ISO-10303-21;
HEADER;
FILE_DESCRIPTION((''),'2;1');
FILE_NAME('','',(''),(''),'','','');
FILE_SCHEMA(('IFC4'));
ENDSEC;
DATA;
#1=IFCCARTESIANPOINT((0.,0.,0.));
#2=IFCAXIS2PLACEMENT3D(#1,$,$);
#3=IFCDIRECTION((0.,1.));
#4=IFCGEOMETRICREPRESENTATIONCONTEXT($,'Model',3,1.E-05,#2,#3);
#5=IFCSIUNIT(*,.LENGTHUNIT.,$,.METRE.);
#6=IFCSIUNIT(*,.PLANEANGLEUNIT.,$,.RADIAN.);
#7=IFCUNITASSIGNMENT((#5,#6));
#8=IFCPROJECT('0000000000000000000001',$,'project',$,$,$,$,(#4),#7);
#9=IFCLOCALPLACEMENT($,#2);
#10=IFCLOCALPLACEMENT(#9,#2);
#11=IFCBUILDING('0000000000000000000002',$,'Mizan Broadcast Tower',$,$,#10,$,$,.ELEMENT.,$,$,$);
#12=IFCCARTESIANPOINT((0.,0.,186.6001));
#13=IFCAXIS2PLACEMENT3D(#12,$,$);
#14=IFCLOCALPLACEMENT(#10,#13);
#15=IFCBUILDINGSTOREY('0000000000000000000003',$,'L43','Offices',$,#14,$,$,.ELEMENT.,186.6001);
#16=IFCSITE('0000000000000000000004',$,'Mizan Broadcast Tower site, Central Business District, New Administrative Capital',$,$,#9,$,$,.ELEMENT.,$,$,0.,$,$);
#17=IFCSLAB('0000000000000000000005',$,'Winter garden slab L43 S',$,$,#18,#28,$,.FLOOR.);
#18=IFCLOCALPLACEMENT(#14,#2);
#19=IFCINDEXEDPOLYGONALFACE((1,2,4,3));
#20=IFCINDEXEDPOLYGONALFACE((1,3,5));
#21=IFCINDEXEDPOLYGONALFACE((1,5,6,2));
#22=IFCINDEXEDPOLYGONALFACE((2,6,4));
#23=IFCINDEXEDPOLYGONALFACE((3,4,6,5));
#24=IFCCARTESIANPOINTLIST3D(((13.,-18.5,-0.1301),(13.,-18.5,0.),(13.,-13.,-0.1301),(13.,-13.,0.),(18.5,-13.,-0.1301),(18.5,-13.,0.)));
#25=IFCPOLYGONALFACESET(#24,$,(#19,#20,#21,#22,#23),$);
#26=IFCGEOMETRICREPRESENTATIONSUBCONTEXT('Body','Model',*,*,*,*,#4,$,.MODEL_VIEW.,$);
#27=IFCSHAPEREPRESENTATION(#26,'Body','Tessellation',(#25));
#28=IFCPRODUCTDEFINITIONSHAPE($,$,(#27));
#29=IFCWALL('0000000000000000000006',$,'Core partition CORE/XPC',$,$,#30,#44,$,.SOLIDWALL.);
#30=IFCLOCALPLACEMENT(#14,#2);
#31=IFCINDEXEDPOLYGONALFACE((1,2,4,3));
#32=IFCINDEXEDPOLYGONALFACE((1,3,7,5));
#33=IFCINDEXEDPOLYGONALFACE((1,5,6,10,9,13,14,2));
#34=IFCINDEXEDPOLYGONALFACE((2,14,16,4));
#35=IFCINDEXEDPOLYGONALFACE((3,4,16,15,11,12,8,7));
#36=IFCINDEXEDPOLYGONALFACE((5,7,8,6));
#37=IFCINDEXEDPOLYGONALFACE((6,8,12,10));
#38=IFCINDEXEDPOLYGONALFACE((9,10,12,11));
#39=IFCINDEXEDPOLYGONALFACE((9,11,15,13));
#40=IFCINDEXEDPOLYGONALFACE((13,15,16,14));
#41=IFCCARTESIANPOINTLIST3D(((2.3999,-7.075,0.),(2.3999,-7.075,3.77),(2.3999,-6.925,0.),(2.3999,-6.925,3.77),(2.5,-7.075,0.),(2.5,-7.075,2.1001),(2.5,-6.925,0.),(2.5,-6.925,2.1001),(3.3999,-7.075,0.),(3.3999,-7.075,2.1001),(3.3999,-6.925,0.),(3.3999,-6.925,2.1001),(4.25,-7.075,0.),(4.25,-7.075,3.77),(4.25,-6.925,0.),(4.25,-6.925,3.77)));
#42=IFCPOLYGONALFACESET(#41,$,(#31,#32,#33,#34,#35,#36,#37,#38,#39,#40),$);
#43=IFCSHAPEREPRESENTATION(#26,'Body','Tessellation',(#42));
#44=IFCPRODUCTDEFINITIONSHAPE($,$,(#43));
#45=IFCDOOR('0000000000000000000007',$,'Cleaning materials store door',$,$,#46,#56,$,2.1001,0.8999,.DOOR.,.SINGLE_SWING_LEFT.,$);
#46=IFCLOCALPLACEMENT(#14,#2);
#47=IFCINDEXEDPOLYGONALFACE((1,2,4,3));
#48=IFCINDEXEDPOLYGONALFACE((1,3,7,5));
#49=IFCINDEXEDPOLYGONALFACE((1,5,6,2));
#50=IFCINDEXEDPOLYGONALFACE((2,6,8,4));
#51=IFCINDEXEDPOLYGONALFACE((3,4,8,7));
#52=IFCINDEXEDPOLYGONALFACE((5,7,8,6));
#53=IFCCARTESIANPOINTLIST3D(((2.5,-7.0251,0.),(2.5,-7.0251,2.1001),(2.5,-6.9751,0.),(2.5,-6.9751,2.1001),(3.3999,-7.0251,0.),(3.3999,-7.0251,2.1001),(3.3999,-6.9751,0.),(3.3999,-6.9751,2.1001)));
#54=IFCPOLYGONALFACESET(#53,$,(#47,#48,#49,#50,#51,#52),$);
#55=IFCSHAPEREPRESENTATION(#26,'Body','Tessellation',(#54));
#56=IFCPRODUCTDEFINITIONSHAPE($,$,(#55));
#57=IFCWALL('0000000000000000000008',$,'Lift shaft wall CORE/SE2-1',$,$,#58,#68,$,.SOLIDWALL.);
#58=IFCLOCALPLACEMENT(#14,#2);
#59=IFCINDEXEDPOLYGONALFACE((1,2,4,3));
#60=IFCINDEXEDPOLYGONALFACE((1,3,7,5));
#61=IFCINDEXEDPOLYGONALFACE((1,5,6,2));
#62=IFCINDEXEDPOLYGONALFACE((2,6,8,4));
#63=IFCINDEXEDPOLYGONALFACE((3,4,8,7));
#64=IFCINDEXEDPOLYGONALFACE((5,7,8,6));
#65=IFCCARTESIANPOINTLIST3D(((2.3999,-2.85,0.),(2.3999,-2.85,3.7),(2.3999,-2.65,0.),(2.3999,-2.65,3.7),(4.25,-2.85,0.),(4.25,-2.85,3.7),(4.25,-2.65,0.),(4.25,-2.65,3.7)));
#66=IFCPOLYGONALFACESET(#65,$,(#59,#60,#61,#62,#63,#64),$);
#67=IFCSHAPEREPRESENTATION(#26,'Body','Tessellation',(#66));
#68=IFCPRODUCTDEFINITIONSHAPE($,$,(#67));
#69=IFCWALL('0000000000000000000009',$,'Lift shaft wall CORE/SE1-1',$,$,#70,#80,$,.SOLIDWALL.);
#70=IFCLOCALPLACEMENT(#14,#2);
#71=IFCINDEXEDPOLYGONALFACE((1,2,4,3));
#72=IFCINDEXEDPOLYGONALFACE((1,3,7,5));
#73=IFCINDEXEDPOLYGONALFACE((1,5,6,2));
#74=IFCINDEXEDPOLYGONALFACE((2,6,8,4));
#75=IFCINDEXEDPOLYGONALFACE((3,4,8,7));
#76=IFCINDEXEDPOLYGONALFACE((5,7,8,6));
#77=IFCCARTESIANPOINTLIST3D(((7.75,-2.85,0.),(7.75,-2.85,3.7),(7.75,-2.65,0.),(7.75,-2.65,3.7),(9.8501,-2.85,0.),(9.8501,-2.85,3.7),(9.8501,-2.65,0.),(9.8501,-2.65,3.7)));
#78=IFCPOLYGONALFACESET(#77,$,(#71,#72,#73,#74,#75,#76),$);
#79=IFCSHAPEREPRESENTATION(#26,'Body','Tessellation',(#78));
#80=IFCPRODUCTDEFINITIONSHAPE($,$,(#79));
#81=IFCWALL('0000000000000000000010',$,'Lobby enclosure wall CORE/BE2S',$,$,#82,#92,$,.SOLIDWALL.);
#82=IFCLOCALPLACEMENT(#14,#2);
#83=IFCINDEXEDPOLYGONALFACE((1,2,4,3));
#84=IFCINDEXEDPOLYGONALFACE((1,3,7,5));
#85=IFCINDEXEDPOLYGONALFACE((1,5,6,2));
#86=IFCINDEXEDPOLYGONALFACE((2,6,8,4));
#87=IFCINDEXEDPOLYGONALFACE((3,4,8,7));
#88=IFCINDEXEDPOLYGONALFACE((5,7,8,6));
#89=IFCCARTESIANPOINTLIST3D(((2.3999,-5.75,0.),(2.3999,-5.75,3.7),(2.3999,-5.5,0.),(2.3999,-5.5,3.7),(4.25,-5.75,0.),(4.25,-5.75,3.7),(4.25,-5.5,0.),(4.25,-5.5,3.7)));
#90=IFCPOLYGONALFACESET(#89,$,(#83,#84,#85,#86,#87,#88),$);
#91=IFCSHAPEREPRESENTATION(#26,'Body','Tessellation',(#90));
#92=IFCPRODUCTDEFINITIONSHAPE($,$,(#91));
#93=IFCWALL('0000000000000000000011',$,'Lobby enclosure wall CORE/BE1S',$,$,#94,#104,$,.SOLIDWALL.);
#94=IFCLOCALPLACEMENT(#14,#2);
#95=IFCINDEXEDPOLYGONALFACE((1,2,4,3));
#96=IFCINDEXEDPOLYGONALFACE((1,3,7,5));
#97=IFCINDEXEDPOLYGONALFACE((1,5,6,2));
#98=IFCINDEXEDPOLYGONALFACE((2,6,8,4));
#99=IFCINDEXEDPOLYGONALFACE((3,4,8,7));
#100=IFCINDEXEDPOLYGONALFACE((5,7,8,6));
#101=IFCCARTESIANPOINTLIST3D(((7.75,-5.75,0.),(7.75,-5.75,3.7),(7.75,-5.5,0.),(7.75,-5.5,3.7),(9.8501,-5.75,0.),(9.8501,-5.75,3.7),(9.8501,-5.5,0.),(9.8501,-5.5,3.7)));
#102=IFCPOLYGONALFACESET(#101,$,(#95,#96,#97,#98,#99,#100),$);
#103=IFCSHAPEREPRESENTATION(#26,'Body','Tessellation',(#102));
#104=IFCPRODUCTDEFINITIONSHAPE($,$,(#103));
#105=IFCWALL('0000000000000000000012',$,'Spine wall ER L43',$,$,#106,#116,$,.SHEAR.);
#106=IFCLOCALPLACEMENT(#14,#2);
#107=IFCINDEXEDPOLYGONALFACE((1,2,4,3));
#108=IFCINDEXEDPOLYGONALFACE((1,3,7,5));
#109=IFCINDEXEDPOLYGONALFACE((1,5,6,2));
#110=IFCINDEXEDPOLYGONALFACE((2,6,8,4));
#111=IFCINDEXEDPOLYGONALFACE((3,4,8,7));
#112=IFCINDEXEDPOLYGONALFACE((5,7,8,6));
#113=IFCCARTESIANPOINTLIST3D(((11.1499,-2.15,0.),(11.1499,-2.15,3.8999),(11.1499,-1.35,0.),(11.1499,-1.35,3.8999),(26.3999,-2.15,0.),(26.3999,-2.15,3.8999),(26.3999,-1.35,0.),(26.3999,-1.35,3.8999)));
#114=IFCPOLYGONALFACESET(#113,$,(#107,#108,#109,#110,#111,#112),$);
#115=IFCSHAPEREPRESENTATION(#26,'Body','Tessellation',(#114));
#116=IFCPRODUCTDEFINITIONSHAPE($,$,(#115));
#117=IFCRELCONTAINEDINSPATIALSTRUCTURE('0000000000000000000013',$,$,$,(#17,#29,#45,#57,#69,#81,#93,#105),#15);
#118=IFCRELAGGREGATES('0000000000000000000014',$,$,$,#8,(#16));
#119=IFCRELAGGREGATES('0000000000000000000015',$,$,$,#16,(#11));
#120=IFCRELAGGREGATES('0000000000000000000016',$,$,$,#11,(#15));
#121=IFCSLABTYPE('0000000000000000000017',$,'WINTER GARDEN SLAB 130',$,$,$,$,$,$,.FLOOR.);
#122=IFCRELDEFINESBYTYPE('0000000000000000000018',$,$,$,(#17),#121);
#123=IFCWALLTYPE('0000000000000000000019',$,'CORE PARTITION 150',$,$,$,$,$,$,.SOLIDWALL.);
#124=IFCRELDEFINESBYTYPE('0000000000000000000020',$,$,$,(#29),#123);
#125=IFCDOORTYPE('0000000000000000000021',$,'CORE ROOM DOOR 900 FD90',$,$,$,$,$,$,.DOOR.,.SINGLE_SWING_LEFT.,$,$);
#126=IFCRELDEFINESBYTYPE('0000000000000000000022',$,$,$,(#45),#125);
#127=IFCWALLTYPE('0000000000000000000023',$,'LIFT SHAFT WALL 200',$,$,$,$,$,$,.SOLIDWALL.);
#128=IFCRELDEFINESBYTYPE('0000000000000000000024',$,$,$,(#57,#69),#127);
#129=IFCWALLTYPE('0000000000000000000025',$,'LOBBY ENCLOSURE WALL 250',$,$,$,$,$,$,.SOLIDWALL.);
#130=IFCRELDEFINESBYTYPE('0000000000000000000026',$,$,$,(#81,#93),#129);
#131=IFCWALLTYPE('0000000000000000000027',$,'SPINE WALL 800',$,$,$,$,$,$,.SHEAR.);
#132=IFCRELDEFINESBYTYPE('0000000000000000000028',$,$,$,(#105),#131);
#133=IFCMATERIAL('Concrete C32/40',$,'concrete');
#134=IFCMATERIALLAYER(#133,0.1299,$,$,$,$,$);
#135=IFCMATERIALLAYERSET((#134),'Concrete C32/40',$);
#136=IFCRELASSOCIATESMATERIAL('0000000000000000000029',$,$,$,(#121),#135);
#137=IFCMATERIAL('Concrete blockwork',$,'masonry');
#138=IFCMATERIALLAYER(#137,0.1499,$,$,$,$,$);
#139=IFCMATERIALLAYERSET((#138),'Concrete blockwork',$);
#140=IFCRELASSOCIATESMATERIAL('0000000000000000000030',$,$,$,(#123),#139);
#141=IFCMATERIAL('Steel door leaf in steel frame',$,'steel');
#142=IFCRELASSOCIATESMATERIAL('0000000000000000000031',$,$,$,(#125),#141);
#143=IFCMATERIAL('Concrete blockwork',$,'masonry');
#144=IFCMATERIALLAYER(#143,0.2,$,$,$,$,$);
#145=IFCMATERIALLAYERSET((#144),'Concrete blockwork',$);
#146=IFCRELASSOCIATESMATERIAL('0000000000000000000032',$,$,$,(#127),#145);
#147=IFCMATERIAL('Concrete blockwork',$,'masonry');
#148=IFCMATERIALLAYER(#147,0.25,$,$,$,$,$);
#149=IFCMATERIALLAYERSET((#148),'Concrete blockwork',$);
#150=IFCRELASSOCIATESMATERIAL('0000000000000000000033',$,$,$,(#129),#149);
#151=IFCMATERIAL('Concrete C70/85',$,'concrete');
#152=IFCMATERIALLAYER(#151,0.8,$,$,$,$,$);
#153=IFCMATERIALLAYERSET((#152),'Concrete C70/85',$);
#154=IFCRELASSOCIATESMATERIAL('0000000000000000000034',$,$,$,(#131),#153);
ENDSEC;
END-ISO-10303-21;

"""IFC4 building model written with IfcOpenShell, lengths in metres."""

from ifc_helpers import new_model, si_unit, direction, frame, frame_2d, origin, place, context, subcontext, project, spatial, polyline, rectangle, outline, extrude, material, layer, layer_set, type_object, element, fill, save


model = new_model("IFC4")

# Units and contexts
model_context = context("Model", 3, precision=1e-05, world=origin(), true_north=direction((0.0, 1.0)))
body_context = subcontext(model_context, "Body", "Model", "MODEL_VIEW")
ifc_project = project(units=[si_unit("LENGTHUNIT", "METRE"), si_unit("PLANEANGLEUNIT", "RADIAN")], contexts=[model_context])

# Site, building, storey
site_placement = place(None, origin())
site = spatial("IfcSite", under=ifc_project, at=site_placement, Name="Mizan Broadcast Tower site, Central Business District, New Administrative Capital", CompositionType="ELEMENT", RefElevation=0.0)
building_placement = place(site_placement, origin())
building = spatial("IfcBuilding", under=site, at=building_placement, Name="Mizan Broadcast Tower", CompositionType="ELEMENT")
storey_placement = place(building_placement, frame((0.0, 0.0, 186.6001)))
storey = spatial("IfcBuildingStorey", under=building, at=storey_placement, Name="L43", Description="Offices", CompositionType="ELEMENT", Elevation=186.6001)

# Slab
ifc_material_1 = material(Name="Concrete C32/40", Category="concrete")
ifc_layer_1 = layer(ifc_material_1, 0.1299)
ifc_layer_set_1 = layer_set([ifc_layer_1], Name="Concrete C32/40")
slab_type_1 = type_object("IfcSlabType", Name="WINTER GARDEN SLAB 130", PredefinedType="FLOOR", material=ifc_layer_set_1)
slab_1_placement = place(storey_placement, frame((0.0, 0.0, -0.1301)))
element("IfcSlab", 1, at=slab_1_placement, inside=storey, type_object=slab_type_1, Name="Winter garden slab L43 S", PredefinedType="FLOOR", context=body_context, shape_type="SweptSolid", body=[
    extrude(outline(polyline([(13.0, -13.0), (13.0, -18.5), (18.5, -13.0), (13.0, -13.0)])), origin(), (0.0, 0.0, 1.0), 0.1301),
])

# Wall, opening, door
ifc_material_2 = material(Name="Concrete blockwork", Category="masonry")
ifc_layer_2 = layer(ifc_material_2, 0.1499)
ifc_layer_set_2 = layer_set([ifc_layer_2], Name="Concrete blockwork")
wall_type_1 = type_object("IfcWallType", Name="CORE PARTITION 150", PredefinedType="SOLIDWALL", material=ifc_layer_set_2)
wall_1_placement = place(storey_placement, frame((2.3999, -7.0, 0.0), z_axis=(0.0, 0.0, 1.0), x_axis=(1.0, 0.0, 0.0)))
wall_1 = element("IfcWall", 2, at=wall_1_placement, inside=storey, type_object=wall_type_1, Name="Core partition CORE/XPC", PredefinedType="SOLIDWALL", context=body_context, shape_type="SweptSolid", body=[
    extrude(rectangle(XDim=1.8501, YDim=0.1499, at=frame_2d((0.925, 0.0))), origin(), (0.0, 0.0, 1.0), 3.77),
])
opening_placement = place(wall_1_placement, frame((0.1001, 0.0, 0.0)))
opening = element("IfcOpeningElement", 3, at=opening_placement, cuts=wall_1, PredefinedType="OPENING", context=body_context, shape_type="SweptSolid", body=[
    extrude(rectangle(XDim=0.8999, YDim=2.1001, at=frame_2d((0.45, 1.05))), frame((0.0, 0.085, 0.0), z_axis=(0.0, -1.0, 0.0), x_axis=(1.0, 0.0, 0.0)), (0.0, 0.0, 1.0), 0.1699),
])
ifc_material_3 = material(Name="Steel door leaf in steel frame", Category="steel")
door_type = type_object("IfcDoorType", Name="CORE ROOM DOOR 900 FD90", OperationType="SINGLE_SWING_LEFT", PredefinedType="DOOR", material=ifc_material_3)
door_placement = place(opening_placement, origin())
door = element("IfcDoor", 4, at=door_placement, inside=storey, type_object=door_type, Name="Cleaning materials store door", OperationType="SINGLE_SWING_LEFT", OverallHeight=2.1001, OverallWidth=0.8999, PredefinedType="DOOR", context=body_context, shape_type="SweptSolid", body=[
    extrude(rectangle(XDim=0.8999, YDim=2.1001, at=frame_2d((0.45, 1.05))), frame((0.0, 0.0249, 0.0), z_axis=(0.0, -1.0, 0.0), x_axis=(1.0, 0.0, 0.0)), (0.0, 0.0, 1.0), 0.05),
])
fill(opening, door)

# Walls
ifc_material_4 = material(Name="Concrete blockwork", Category="masonry")
ifc_layer_3 = layer(ifc_material_4, 0.2)
ifc_layer_set_3 = layer_set([ifc_layer_3], Name="Concrete blockwork")
wall_type_2 = type_object("IfcWallType", Name="LIFT SHAFT WALL 200", PredefinedType="SOLIDWALL", material=ifc_layer_set_3)
wall_2_placement = place(storey_placement, frame((2.3999, -2.75, 0.0), z_axis=(0.0, 0.0, 1.0), x_axis=(1.0, 0.0, 0.0)))
element("IfcWall", 5, at=wall_2_placement, inside=storey, type_object=wall_type_2, Name="Lift shaft wall CORE/SE2-1", PredefinedType="SOLIDWALL", context=body_context, shape_type="SweptSolid", body=[
    extrude(rectangle(XDim=1.8501, YDim=0.2, at=frame_2d((0.925, 0.0))), origin(), (0.0, 0.0, 1.0), 3.7),
])
wall_3_placement = place(storey_placement, frame((7.75, -2.75, 0.0), z_axis=(0.0, 0.0, 1.0), x_axis=(1.0, 0.0, 0.0)))
element("IfcWall", 6, at=wall_3_placement, inside=storey, type_object=wall_type_2, Name="Lift shaft wall CORE/SE1-1", PredefinedType="SOLIDWALL", context=body_context, shape_type="SweptSolid", body=[
    extrude(rectangle(XDim=2.1001, YDim=0.2, at=frame_2d((1.05, 0.0))), origin(), (0.0, 0.0, 1.0), 3.7),
])
ifc_material_5 = material(Name="Concrete blockwork", Category="masonry")
ifc_layer_4 = layer(ifc_material_5, 0.25)
ifc_layer_set_4 = layer_set([ifc_layer_4], Name="Concrete blockwork")
wall_type_3 = type_object("IfcWallType", Name="LOBBY ENCLOSURE WALL 250", PredefinedType="SOLIDWALL", material=ifc_layer_set_4)
wall_4_placement = place(storey_placement, frame((2.3999, -5.625, 0.0), z_axis=(0.0, 0.0, 1.0), x_axis=(1.0, 0.0, 0.0)))
element("IfcWall", 7, at=wall_4_placement, inside=storey, type_object=wall_type_3, Name="Lobby enclosure wall CORE/BE2S", PredefinedType="SOLIDWALL", context=body_context, shape_type="SweptSolid", body=[
    extrude(rectangle(XDim=1.8501, YDim=0.25, at=frame_2d((0.925, 0.0))), origin(), (0.0, 0.0, 1.0), 3.7),
])
wall_5_placement = place(storey_placement, frame((7.75, -5.625, 0.0), z_axis=(0.0, 0.0, 1.0), x_axis=(1.0, 0.0, 0.0)))
element("IfcWall", 8, at=wall_5_placement, inside=storey, type_object=wall_type_3, Name="Lobby enclosure wall CORE/BE1S", PredefinedType="SOLIDWALL", context=body_context, shape_type="SweptSolid", body=[
    extrude(rectangle(XDim=2.1001, YDim=0.25, at=frame_2d((1.05, 0.0))), origin(), (0.0, 0.0, 1.0), 3.7),
])
ifc_material_6 = material(Name="Concrete C70/85", Category="concrete")
ifc_layer_5 = layer(ifc_material_6, 0.8)
ifc_layer_set_5 = layer_set([ifc_layer_5], Name="Concrete C70/85")
wall_type_4 = type_object("IfcWallType", Name="SPINE WALL 800", PredefinedType="SHEAR", material=ifc_layer_set_5)
wall_6_placement = place(storey_placement, frame((11.1499, -1.75, 0.0), z_axis=(0.0, 0.0, 1.0), x_axis=(1.0, 0.0, 0.0)))
element("IfcWall", 9, at=wall_6_placement, inside=storey, type_object=wall_type_4, Name="Spine wall ER L43", PredefinedType="SHEAR", context=body_context, shape_type="SweptSolid", body=[
    extrude(rectangle(XDim=15.25, YDim=0.8, at=frame_2d((7.625, 0.0))), origin(), (0.0, 0.0, 1.0), 3.8999),
])

save(model, "model.ifc")
